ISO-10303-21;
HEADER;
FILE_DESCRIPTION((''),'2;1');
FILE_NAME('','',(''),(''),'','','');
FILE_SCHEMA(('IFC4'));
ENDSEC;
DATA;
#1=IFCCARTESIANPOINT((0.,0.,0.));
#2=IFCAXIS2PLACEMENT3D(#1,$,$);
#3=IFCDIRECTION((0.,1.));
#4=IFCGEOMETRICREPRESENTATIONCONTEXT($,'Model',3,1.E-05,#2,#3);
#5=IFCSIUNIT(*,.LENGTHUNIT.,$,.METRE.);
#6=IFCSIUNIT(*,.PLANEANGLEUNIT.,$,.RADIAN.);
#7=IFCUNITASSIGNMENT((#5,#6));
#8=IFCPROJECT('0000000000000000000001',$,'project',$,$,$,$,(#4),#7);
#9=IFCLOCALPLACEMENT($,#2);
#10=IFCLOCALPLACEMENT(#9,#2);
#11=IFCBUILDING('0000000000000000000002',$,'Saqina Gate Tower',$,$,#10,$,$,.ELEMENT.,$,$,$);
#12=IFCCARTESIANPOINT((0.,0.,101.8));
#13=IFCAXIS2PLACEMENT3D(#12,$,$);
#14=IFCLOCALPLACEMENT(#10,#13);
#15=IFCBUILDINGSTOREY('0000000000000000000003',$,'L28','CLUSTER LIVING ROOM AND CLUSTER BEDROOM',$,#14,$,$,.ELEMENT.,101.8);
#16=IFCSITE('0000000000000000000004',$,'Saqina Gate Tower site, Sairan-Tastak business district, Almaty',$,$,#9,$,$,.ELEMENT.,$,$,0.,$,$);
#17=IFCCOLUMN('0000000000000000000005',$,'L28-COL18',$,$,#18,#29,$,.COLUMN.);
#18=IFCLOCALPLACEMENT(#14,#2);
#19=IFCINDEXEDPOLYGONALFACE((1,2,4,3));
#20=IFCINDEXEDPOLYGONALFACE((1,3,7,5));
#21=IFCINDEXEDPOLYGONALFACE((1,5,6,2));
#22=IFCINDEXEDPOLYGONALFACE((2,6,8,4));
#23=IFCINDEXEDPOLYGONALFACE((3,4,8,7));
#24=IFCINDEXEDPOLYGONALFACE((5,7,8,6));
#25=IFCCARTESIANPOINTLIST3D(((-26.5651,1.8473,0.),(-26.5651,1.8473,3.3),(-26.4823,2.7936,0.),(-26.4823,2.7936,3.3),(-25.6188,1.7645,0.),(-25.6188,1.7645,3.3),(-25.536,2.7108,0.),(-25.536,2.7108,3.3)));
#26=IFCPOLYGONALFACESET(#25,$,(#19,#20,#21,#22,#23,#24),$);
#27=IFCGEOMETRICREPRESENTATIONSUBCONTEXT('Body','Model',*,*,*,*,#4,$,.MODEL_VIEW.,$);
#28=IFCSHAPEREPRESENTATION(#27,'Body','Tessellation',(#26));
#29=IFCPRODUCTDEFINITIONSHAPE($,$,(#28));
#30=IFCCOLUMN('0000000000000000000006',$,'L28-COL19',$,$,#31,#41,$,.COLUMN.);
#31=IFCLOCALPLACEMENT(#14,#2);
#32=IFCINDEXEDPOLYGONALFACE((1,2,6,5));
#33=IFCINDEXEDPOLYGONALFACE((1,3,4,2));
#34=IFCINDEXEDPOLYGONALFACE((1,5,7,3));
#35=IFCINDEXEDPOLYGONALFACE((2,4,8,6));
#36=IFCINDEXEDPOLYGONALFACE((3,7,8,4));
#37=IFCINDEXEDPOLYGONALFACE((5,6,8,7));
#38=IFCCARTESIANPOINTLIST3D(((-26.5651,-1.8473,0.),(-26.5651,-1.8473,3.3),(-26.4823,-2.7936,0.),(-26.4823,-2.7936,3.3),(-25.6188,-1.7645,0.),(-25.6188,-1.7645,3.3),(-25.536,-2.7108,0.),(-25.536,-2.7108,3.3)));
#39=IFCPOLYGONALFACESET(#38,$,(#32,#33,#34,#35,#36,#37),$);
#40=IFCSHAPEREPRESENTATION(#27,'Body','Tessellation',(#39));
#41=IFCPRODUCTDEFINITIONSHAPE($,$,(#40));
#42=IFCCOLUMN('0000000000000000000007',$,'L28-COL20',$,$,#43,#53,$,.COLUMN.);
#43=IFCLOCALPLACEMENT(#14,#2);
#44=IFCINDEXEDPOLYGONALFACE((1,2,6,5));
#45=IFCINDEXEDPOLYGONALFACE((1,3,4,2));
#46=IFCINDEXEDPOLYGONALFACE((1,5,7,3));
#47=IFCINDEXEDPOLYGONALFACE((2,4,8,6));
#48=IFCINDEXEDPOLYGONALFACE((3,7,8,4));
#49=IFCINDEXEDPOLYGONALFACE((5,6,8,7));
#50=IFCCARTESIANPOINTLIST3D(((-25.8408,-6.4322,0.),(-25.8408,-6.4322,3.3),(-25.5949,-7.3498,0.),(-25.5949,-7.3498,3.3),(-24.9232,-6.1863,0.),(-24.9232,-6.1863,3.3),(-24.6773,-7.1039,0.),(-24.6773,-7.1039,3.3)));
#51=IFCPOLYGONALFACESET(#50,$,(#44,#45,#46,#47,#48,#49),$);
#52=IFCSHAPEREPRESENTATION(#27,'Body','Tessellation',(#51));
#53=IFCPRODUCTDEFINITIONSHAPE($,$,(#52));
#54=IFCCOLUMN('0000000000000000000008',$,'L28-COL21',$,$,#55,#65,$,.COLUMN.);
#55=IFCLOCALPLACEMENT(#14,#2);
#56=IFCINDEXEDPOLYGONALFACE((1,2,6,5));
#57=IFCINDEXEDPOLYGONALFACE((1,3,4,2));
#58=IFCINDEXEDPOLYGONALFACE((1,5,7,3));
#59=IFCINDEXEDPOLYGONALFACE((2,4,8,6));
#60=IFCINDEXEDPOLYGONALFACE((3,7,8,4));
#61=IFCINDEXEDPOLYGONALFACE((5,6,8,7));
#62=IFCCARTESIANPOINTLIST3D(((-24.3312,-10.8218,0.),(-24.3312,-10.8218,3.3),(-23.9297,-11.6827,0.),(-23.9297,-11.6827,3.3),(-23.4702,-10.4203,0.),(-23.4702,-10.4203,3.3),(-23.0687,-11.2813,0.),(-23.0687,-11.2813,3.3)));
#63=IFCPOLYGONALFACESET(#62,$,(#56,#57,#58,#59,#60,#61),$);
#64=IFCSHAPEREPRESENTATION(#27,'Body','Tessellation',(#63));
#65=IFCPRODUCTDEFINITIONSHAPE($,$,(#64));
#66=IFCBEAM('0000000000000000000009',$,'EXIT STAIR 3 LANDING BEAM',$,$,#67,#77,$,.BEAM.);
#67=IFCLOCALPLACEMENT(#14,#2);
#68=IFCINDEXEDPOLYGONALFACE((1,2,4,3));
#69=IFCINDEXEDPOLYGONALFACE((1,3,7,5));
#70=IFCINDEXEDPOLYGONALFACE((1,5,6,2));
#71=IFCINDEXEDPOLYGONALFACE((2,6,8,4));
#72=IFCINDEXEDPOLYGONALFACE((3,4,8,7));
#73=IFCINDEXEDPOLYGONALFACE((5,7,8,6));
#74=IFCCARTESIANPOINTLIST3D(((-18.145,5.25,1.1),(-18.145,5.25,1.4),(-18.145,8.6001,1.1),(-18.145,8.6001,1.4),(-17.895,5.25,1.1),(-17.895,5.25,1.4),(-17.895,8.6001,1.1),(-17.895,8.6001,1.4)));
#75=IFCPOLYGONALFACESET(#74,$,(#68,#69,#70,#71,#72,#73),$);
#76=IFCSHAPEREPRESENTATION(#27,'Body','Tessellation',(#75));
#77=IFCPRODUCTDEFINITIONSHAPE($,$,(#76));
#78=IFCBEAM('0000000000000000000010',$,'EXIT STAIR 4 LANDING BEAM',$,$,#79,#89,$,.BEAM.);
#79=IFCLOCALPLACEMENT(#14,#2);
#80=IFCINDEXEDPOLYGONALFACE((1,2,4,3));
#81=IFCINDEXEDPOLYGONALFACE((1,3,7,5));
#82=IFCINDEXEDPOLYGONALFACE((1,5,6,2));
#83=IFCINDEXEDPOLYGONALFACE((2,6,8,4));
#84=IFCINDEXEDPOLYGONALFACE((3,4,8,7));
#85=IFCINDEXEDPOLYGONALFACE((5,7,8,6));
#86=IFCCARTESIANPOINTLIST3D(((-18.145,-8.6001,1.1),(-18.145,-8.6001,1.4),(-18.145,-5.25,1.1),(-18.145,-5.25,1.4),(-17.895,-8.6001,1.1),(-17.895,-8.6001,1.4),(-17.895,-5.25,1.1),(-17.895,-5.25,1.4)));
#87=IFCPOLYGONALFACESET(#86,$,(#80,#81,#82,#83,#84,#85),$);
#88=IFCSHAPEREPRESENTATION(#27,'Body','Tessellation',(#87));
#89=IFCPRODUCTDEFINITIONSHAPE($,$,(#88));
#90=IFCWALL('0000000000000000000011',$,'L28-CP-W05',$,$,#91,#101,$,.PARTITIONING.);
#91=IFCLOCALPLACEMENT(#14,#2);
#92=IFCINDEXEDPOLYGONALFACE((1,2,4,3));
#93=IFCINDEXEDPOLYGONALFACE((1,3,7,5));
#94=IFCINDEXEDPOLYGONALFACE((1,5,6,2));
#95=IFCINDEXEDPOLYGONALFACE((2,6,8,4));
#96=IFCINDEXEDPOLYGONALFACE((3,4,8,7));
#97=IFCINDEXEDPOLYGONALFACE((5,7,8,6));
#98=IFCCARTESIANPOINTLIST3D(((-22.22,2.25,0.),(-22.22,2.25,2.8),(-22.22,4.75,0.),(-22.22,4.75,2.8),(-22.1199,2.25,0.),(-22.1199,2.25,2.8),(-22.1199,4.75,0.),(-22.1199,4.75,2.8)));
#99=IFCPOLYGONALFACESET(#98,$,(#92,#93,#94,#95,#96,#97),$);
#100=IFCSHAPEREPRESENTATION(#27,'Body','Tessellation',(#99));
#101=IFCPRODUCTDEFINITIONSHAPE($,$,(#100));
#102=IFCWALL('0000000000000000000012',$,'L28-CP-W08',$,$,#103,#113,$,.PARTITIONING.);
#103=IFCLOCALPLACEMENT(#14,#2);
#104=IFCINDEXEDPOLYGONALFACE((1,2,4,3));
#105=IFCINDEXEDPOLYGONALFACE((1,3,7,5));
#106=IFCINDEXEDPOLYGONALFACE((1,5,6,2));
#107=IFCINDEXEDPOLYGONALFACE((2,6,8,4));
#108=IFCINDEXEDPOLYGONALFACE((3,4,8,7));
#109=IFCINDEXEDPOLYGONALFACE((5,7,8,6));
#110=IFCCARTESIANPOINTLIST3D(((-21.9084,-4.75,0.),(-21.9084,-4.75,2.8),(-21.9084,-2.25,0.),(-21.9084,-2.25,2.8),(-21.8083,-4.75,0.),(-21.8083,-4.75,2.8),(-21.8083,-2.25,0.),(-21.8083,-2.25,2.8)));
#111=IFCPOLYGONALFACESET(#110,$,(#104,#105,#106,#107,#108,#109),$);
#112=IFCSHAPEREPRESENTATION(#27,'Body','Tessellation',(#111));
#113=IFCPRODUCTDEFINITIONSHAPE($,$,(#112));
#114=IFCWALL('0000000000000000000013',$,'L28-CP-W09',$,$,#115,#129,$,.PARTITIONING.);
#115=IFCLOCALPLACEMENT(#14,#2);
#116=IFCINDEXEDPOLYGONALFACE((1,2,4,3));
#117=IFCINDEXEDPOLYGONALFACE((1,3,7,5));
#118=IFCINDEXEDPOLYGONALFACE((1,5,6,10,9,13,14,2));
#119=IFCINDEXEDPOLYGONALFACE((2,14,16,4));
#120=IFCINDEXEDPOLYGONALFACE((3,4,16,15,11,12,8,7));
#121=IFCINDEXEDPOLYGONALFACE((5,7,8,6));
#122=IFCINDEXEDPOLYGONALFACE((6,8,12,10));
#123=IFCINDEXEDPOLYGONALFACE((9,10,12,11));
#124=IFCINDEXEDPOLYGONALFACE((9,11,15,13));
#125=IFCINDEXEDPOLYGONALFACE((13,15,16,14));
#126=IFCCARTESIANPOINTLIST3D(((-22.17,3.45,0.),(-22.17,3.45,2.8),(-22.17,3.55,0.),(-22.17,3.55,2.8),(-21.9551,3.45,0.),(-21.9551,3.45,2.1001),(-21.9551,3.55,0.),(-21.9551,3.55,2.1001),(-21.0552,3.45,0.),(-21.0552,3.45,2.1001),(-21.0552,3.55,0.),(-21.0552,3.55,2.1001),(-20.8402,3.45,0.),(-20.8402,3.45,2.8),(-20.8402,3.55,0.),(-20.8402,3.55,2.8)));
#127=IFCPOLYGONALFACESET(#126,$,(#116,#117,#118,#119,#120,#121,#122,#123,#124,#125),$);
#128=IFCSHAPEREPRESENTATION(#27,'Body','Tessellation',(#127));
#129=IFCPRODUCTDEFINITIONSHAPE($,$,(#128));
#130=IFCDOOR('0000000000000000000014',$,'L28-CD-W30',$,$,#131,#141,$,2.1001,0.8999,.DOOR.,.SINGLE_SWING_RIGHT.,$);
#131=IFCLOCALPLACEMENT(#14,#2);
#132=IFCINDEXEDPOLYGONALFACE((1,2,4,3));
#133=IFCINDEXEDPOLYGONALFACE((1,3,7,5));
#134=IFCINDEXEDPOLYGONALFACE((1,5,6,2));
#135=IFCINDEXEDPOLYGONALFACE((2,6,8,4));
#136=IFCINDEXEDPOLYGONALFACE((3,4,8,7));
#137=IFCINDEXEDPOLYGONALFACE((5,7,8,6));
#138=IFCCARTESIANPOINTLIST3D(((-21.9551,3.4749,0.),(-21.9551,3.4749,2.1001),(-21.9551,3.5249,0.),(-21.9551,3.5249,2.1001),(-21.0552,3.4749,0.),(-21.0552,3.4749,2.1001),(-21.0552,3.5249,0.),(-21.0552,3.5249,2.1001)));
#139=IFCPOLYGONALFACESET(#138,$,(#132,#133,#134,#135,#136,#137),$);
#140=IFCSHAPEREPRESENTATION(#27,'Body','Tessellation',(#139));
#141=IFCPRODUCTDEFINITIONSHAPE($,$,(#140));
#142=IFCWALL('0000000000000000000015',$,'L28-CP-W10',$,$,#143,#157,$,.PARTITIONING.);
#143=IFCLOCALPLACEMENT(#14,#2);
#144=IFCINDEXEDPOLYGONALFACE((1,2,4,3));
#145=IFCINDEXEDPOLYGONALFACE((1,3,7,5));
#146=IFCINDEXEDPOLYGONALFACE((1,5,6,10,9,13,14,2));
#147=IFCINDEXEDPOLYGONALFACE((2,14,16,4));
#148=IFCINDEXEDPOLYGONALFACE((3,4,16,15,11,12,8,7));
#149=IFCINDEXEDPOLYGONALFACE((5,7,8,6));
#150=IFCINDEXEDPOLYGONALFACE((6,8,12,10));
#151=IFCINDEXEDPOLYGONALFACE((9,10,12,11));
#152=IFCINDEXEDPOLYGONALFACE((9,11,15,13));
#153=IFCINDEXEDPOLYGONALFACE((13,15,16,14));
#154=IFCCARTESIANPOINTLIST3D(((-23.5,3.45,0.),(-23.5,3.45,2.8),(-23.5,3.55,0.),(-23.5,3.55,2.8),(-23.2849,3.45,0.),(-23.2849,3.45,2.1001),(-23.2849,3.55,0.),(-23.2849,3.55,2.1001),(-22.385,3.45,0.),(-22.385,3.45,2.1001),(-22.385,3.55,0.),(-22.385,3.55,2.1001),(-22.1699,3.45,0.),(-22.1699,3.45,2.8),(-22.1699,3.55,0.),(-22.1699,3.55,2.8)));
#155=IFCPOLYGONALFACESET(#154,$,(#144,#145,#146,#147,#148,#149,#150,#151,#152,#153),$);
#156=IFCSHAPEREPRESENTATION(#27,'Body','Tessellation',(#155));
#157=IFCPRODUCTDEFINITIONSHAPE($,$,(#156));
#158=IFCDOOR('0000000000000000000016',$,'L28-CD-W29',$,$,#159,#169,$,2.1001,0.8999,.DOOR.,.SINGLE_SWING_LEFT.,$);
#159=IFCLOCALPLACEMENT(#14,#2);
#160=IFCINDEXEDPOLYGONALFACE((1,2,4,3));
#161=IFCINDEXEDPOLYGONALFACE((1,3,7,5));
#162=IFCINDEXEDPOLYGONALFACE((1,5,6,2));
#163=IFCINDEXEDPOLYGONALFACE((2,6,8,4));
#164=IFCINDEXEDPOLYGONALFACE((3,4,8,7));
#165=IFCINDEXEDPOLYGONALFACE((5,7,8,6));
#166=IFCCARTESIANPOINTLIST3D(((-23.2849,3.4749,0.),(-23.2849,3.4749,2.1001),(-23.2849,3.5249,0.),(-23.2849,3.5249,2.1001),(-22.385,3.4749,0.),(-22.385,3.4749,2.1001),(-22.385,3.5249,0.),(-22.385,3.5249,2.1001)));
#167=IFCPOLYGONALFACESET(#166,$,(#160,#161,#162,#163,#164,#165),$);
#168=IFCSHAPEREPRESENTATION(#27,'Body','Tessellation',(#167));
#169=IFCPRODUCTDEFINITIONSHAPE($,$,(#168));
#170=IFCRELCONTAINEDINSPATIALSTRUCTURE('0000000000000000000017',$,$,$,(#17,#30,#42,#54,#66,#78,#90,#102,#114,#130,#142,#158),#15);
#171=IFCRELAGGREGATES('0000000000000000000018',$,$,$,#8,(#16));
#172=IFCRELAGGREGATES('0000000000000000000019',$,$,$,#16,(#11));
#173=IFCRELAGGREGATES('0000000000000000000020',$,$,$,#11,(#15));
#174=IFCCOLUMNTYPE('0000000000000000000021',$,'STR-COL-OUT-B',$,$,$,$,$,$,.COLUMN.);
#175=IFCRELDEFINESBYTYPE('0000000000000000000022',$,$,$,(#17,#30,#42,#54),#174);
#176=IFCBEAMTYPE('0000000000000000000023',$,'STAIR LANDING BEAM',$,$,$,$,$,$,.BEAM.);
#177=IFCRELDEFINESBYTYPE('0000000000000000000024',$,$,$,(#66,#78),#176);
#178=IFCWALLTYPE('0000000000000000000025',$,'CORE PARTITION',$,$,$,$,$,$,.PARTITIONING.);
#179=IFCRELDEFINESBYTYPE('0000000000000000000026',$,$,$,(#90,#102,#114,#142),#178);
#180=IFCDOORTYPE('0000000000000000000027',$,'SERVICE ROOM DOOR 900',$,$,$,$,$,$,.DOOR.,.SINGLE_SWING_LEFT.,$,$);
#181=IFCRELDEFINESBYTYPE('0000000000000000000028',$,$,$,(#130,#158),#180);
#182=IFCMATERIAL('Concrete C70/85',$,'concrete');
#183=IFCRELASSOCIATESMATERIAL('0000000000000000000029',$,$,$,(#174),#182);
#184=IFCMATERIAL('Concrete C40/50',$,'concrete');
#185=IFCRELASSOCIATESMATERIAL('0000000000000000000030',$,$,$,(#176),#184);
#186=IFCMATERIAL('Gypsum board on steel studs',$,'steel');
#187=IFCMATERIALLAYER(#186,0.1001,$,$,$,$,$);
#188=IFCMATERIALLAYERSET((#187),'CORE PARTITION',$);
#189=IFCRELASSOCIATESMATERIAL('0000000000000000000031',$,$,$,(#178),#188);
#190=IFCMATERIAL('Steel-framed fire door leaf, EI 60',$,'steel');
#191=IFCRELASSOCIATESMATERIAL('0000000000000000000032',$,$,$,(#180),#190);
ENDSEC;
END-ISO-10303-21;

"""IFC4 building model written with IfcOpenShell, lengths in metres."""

from ifc_helpers import new_model, si_unit, direction, frame, frame_2d, origin, origin_2d, place, context, subcontext, project, spatial, rectangle, extrude, material, layer, layer_set, material_profile, profile_set, type_object, element, fill, save


model = new_model("IFC4")

# Units and contexts
model_context = context("Model", 3, precision=1e-05, world=origin(), true_north=direction((0.0, 1.0)))
body_context = subcontext(model_context, "Body", "Model", "MODEL_VIEW")
ifc_project = project(units=[si_unit("LENGTHUNIT", "METRE"), si_unit("PLANEANGLEUNIT", "RADIAN")], contexts=[model_context])

# Site, building, storey
site_placement = place(None, origin())
site = spatial("IfcSite", under=ifc_project, at=site_placement, Name="Saqina Gate Tower site, Sairan-Tastak business district, Almaty", CompositionType="ELEMENT", RefElevation=0.0)
building_placement = place(site_placement, origin())
building = spatial("IfcBuilding", under=site, at=building_placement, Name="Saqina Gate Tower", CompositionType="ELEMENT")
storey_placement = place(building_placement, frame((0.0, 0.0, 101.8)))
storey = spatial("IfcBuildingStorey", under=building, at=storey_placement, Name="L28", Description="CLUSTER LIVING ROOM AND CLUSTER BEDROOM", CompositionType="ELEMENT", Elevation=101.8)

# Columns
ifc_material_1 = material(Name="Concrete C70/85", Category="concrete")
ifc_material_profile_1 = material_profile(ifc_material_1, rectangle(XDim=0.95, YDim=0.95, at=origin_2d()), Name="RC 950x950")
ifc_profile_set_1 = profile_set([ifc_material_profile_1], Name="Concrete C70/85")
column_type = type_object("IfcColumnType", Name="STR-COL-OUT-B", PredefinedType="COLUMN", material=ifc_profile_set_1)
for number, where, z_axis, x_axis, name in (
    (1, (-26.0505, 2.2791, 0.0), (0.0, 0.0, 1.0), (-0.996195, 0.087156, 0.0), "L28-COL18"),
    (2, (-26.0505, -2.2791, 0.0), (0.0, 0.0, 1.0), (-0.996195, -0.087156, 0.0), "L28-COL19"),
    (3, (-25.259, -6.7681, 0.0), (0.0, 0.0, 1.0), (-0.965926, -0.258819, 0.0), "L28-COL20"),
    (4, (-23.7, -11.0515, 0.0), (0.0, 0.0, 1.0), (-0.906308, -0.422618, 0.0), "L28-COL21"),
):
    element("IfcColumn", number, at=place(storey_placement, frame(where, z_axis=z_axis, x_axis=x_axis)), inside=storey, type_object=column_type, Name=name, PredefinedType="COLUMN", context=body_context, shape_type="SweptSolid", body=[
        extrude(rectangle(XDim=0.95, YDim=0.95, at=origin_2d()), origin(), (0.0, 0.0, 1.0), 3.3),
    ])

# Beams
ifc_material_2 = material(Name="Concrete C40/50", Category="concrete")
ifc_material_profile_2 = material_profile(ifc_material_2, rectangle(XDim=0.25, YDim=0.3, at=origin_2d()), Name="STAIR LANDING BEAM")
ifc_profile_set_2 = profile_set([ifc_material_profile_2], Name="Concrete C40/50")
beam_type = type_object("IfcBeamType", Name="STAIR LANDING BEAM", PredefinedType="BEAM", material=ifc_profile_set_2)
for number, where, z_axis, x_axis, name in (
    (5, (-18.02, 5.25, 1.25), (0.0, 1.0, 0.0), (-1.0, 0.0, 0.0), "EXIT STAIR 3 LANDING BEAM"),
    (6, (-18.02, -8.6001, 1.25), (0.0, 1.0, 0.0), (-1.0, 0.0, 0.0), "EXIT STAIR 4 LANDING BEAM"),
):
    element("IfcBeam", number, at=place(storey_placement, frame(where, z_axis=z_axis, x_axis=x_axis)), inside=storey, type_object=beam_type, Name=name, PredefinedType="BEAM", context=body_context, shape_type="SweptSolid", body=[
        extrude(rectangle(XDim=0.25, YDim=0.3, at=origin_2d()), origin(), (0.0, 0.0, 1.0), 3.3501),
    ])

# Walls
ifc_material_3 = material(Name="Gypsum board on steel studs", Category="steel")
ifc_layer_1 = layer(ifc_material_3, 0.1001)
ifc_layer_set_1 = layer_set([ifc_layer_1], Name="CORE PARTITION")
wall_type_1 = type_object("IfcWallType", Name="CORE PARTITION", PredefinedType="PARTITIONING", material=ifc_layer_set_1)
for number, where, z_axis, x_axis, name in (
    (7, (-22.1699, 2.25, 0.0), (0.0, 0.0, 1.0), (0.0, 1.0, 0.0), "L28-CP-W05"),
    (8, (-21.8584, -4.75, 0.0), (0.0, 0.0, 1.0), (0.0, 1.0, 0.0), "L28-CP-W08"),
):
    element("IfcWall", number, at=place(storey_placement, frame(where, z_axis=z_axis, x_axis=x_axis)), inside=storey, type_object=wall_type_1, Name=name, PredefinedType="PARTITIONING", context=body_context, shape_type="SweptSolid", body=[
        extrude(rectangle(XDim=2.5, YDim=0.1001, at=frame_2d((1.25, 0.0))), origin(), (0.0, 0.0, 1.0), 2.8),
    ])

# Walls, openings, doors
wall_1_placement = place(storey_placement, frame((-20.8401, 3.5, 0.0), z_axis=(0.0, 0.0, 1.0), x_axis=(-1.0, 0.0, 0.0)))
wall_1 = element("IfcWall", 9, at=wall_1_placement, inside=storey, type_object=wall_type_1, Name="L28-CP-W09", PredefinedType="PARTITIONING", context=body_context, shape_type="SweptSolid", body=[
    extrude(rectangle(XDim=1.3298, YDim=0.1001, at=frame_2d((0.665, 0.0))), origin(), (0.0, 0.0, 1.0), 2.8),
])
opening_1_placement = place(wall_1_placement, frame((0.2151, 0.0, 0.0)))
opening_1 = element("IfcOpeningElement", 10, at=opening_1_placement, cuts=wall_1, PredefinedType="OPENING", context=body_context, shape_type="SweptSolid", body=[
    extrude(rectangle(XDim=0.8999, YDim=2.1001, at=frame_2d((0.45, 1.05))), frame((0.0, 0.062, 0.0), z_axis=(0.0, -1.0, 0.0), x_axis=(1.0, 0.0, 0.0)), (0.0, 0.0, 1.0), 0.124),
])
ifc_material_4 = material(Name="Steel-framed fire door leaf, EI 60", Category="steel")
door_type = type_object("IfcDoorType", Name="SERVICE ROOM DOOR 900", OperationType="SINGLE_SWING_LEFT", PredefinedType="DOOR", material=ifc_material_4)
door_1_placement = place(opening_1_placement, frame((0.8999, 0.0, 0.0), z_axis=(0.0, 0.0, 1.0), x_axis=(-1.0, 0.0, 0.0)))
door_1 = element("IfcDoor", 11, at=door_1_placement, inside=storey, type_object=door_type, Name="L28-CD-W30", OperationType="SINGLE_SWING_RIGHT", OverallHeight=2.1001, OverallWidth=0.8999, PredefinedType="DOOR", context=body_context, shape_type="SweptSolid", body=[
    extrude(rectangle(XDim=0.8999, YDim=2.1001, at=frame_2d((0.45, 1.05))), frame((0.0, 0.0249, 0.0), z_axis=(0.0, -1.0, 0.0), x_axis=(1.0, 0.0, 0.0)), (0.0, 0.0, 1.0), 0.05),
])
fill(opening_1, door_1)
wall_2_placement = place(storey_placement, frame((-22.1699, 3.5, 0.0), z_axis=(0.0, 0.0, 1.0), x_axis=(-1.0, 0.0, 0.0)))
wall_2 = element("IfcWall", 12, at=wall_2_placement, inside=storey, type_object=wall_type_1, Name="L28-CP-W10", PredefinedType="PARTITIONING", context=body_context, shape_type="SweptSolid", body=[
    extrude(rectangle(XDim=1.3301, YDim=0.1001, at=frame_2d((0.665, 0.0))), origin(), (0.0, 0.0, 1.0), 2.8),
])
opening_2_placement = place(wall_2_placement, frame((0.2151, 0.0, 0.0)))
opening_2 = element("IfcOpeningElement", 13, at=opening_2_placement, cuts=wall_2, PredefinedType="OPENING", context=body_context, shape_type="SweptSolid", body=[
    extrude(rectangle(XDim=0.8999, YDim=2.1001, at=frame_2d((0.45, 1.05))), frame((0.0, 0.062, 0.0), z_axis=(0.0, -1.0, 0.0), x_axis=(1.0, 0.0, 0.0)), (0.0, 0.0, 1.0), 0.124),
])
door_2_placement = place(opening_2_placement, frame((0.8999, 0.0, 0.0), z_axis=(0.0, 0.0, 1.0), x_axis=(-1.0, 0.0, 0.0)))
door_2 = element("IfcDoor", 14, at=door_2_placement, inside=storey, type_object=door_type, Name="L28-CD-W29", OperationType="SINGLE_SWING_LEFT", OverallHeight=2.1001, OverallWidth=0.8999, PredefinedType="DOOR", context=body_context, shape_type="SweptSolid", body=[
    extrude(rectangle(XDim=0.8999, YDim=2.1001, at=frame_2d((0.45, 1.05))), frame((0.0, 0.0249, 0.0), z_axis=(0.0, -1.0, 0.0), x_axis=(1.0, 0.0, 0.0)), (0.0, 0.0, 1.0), 0.05),
])
fill(opening_2, door_2)

save(model, "model.ifc")
